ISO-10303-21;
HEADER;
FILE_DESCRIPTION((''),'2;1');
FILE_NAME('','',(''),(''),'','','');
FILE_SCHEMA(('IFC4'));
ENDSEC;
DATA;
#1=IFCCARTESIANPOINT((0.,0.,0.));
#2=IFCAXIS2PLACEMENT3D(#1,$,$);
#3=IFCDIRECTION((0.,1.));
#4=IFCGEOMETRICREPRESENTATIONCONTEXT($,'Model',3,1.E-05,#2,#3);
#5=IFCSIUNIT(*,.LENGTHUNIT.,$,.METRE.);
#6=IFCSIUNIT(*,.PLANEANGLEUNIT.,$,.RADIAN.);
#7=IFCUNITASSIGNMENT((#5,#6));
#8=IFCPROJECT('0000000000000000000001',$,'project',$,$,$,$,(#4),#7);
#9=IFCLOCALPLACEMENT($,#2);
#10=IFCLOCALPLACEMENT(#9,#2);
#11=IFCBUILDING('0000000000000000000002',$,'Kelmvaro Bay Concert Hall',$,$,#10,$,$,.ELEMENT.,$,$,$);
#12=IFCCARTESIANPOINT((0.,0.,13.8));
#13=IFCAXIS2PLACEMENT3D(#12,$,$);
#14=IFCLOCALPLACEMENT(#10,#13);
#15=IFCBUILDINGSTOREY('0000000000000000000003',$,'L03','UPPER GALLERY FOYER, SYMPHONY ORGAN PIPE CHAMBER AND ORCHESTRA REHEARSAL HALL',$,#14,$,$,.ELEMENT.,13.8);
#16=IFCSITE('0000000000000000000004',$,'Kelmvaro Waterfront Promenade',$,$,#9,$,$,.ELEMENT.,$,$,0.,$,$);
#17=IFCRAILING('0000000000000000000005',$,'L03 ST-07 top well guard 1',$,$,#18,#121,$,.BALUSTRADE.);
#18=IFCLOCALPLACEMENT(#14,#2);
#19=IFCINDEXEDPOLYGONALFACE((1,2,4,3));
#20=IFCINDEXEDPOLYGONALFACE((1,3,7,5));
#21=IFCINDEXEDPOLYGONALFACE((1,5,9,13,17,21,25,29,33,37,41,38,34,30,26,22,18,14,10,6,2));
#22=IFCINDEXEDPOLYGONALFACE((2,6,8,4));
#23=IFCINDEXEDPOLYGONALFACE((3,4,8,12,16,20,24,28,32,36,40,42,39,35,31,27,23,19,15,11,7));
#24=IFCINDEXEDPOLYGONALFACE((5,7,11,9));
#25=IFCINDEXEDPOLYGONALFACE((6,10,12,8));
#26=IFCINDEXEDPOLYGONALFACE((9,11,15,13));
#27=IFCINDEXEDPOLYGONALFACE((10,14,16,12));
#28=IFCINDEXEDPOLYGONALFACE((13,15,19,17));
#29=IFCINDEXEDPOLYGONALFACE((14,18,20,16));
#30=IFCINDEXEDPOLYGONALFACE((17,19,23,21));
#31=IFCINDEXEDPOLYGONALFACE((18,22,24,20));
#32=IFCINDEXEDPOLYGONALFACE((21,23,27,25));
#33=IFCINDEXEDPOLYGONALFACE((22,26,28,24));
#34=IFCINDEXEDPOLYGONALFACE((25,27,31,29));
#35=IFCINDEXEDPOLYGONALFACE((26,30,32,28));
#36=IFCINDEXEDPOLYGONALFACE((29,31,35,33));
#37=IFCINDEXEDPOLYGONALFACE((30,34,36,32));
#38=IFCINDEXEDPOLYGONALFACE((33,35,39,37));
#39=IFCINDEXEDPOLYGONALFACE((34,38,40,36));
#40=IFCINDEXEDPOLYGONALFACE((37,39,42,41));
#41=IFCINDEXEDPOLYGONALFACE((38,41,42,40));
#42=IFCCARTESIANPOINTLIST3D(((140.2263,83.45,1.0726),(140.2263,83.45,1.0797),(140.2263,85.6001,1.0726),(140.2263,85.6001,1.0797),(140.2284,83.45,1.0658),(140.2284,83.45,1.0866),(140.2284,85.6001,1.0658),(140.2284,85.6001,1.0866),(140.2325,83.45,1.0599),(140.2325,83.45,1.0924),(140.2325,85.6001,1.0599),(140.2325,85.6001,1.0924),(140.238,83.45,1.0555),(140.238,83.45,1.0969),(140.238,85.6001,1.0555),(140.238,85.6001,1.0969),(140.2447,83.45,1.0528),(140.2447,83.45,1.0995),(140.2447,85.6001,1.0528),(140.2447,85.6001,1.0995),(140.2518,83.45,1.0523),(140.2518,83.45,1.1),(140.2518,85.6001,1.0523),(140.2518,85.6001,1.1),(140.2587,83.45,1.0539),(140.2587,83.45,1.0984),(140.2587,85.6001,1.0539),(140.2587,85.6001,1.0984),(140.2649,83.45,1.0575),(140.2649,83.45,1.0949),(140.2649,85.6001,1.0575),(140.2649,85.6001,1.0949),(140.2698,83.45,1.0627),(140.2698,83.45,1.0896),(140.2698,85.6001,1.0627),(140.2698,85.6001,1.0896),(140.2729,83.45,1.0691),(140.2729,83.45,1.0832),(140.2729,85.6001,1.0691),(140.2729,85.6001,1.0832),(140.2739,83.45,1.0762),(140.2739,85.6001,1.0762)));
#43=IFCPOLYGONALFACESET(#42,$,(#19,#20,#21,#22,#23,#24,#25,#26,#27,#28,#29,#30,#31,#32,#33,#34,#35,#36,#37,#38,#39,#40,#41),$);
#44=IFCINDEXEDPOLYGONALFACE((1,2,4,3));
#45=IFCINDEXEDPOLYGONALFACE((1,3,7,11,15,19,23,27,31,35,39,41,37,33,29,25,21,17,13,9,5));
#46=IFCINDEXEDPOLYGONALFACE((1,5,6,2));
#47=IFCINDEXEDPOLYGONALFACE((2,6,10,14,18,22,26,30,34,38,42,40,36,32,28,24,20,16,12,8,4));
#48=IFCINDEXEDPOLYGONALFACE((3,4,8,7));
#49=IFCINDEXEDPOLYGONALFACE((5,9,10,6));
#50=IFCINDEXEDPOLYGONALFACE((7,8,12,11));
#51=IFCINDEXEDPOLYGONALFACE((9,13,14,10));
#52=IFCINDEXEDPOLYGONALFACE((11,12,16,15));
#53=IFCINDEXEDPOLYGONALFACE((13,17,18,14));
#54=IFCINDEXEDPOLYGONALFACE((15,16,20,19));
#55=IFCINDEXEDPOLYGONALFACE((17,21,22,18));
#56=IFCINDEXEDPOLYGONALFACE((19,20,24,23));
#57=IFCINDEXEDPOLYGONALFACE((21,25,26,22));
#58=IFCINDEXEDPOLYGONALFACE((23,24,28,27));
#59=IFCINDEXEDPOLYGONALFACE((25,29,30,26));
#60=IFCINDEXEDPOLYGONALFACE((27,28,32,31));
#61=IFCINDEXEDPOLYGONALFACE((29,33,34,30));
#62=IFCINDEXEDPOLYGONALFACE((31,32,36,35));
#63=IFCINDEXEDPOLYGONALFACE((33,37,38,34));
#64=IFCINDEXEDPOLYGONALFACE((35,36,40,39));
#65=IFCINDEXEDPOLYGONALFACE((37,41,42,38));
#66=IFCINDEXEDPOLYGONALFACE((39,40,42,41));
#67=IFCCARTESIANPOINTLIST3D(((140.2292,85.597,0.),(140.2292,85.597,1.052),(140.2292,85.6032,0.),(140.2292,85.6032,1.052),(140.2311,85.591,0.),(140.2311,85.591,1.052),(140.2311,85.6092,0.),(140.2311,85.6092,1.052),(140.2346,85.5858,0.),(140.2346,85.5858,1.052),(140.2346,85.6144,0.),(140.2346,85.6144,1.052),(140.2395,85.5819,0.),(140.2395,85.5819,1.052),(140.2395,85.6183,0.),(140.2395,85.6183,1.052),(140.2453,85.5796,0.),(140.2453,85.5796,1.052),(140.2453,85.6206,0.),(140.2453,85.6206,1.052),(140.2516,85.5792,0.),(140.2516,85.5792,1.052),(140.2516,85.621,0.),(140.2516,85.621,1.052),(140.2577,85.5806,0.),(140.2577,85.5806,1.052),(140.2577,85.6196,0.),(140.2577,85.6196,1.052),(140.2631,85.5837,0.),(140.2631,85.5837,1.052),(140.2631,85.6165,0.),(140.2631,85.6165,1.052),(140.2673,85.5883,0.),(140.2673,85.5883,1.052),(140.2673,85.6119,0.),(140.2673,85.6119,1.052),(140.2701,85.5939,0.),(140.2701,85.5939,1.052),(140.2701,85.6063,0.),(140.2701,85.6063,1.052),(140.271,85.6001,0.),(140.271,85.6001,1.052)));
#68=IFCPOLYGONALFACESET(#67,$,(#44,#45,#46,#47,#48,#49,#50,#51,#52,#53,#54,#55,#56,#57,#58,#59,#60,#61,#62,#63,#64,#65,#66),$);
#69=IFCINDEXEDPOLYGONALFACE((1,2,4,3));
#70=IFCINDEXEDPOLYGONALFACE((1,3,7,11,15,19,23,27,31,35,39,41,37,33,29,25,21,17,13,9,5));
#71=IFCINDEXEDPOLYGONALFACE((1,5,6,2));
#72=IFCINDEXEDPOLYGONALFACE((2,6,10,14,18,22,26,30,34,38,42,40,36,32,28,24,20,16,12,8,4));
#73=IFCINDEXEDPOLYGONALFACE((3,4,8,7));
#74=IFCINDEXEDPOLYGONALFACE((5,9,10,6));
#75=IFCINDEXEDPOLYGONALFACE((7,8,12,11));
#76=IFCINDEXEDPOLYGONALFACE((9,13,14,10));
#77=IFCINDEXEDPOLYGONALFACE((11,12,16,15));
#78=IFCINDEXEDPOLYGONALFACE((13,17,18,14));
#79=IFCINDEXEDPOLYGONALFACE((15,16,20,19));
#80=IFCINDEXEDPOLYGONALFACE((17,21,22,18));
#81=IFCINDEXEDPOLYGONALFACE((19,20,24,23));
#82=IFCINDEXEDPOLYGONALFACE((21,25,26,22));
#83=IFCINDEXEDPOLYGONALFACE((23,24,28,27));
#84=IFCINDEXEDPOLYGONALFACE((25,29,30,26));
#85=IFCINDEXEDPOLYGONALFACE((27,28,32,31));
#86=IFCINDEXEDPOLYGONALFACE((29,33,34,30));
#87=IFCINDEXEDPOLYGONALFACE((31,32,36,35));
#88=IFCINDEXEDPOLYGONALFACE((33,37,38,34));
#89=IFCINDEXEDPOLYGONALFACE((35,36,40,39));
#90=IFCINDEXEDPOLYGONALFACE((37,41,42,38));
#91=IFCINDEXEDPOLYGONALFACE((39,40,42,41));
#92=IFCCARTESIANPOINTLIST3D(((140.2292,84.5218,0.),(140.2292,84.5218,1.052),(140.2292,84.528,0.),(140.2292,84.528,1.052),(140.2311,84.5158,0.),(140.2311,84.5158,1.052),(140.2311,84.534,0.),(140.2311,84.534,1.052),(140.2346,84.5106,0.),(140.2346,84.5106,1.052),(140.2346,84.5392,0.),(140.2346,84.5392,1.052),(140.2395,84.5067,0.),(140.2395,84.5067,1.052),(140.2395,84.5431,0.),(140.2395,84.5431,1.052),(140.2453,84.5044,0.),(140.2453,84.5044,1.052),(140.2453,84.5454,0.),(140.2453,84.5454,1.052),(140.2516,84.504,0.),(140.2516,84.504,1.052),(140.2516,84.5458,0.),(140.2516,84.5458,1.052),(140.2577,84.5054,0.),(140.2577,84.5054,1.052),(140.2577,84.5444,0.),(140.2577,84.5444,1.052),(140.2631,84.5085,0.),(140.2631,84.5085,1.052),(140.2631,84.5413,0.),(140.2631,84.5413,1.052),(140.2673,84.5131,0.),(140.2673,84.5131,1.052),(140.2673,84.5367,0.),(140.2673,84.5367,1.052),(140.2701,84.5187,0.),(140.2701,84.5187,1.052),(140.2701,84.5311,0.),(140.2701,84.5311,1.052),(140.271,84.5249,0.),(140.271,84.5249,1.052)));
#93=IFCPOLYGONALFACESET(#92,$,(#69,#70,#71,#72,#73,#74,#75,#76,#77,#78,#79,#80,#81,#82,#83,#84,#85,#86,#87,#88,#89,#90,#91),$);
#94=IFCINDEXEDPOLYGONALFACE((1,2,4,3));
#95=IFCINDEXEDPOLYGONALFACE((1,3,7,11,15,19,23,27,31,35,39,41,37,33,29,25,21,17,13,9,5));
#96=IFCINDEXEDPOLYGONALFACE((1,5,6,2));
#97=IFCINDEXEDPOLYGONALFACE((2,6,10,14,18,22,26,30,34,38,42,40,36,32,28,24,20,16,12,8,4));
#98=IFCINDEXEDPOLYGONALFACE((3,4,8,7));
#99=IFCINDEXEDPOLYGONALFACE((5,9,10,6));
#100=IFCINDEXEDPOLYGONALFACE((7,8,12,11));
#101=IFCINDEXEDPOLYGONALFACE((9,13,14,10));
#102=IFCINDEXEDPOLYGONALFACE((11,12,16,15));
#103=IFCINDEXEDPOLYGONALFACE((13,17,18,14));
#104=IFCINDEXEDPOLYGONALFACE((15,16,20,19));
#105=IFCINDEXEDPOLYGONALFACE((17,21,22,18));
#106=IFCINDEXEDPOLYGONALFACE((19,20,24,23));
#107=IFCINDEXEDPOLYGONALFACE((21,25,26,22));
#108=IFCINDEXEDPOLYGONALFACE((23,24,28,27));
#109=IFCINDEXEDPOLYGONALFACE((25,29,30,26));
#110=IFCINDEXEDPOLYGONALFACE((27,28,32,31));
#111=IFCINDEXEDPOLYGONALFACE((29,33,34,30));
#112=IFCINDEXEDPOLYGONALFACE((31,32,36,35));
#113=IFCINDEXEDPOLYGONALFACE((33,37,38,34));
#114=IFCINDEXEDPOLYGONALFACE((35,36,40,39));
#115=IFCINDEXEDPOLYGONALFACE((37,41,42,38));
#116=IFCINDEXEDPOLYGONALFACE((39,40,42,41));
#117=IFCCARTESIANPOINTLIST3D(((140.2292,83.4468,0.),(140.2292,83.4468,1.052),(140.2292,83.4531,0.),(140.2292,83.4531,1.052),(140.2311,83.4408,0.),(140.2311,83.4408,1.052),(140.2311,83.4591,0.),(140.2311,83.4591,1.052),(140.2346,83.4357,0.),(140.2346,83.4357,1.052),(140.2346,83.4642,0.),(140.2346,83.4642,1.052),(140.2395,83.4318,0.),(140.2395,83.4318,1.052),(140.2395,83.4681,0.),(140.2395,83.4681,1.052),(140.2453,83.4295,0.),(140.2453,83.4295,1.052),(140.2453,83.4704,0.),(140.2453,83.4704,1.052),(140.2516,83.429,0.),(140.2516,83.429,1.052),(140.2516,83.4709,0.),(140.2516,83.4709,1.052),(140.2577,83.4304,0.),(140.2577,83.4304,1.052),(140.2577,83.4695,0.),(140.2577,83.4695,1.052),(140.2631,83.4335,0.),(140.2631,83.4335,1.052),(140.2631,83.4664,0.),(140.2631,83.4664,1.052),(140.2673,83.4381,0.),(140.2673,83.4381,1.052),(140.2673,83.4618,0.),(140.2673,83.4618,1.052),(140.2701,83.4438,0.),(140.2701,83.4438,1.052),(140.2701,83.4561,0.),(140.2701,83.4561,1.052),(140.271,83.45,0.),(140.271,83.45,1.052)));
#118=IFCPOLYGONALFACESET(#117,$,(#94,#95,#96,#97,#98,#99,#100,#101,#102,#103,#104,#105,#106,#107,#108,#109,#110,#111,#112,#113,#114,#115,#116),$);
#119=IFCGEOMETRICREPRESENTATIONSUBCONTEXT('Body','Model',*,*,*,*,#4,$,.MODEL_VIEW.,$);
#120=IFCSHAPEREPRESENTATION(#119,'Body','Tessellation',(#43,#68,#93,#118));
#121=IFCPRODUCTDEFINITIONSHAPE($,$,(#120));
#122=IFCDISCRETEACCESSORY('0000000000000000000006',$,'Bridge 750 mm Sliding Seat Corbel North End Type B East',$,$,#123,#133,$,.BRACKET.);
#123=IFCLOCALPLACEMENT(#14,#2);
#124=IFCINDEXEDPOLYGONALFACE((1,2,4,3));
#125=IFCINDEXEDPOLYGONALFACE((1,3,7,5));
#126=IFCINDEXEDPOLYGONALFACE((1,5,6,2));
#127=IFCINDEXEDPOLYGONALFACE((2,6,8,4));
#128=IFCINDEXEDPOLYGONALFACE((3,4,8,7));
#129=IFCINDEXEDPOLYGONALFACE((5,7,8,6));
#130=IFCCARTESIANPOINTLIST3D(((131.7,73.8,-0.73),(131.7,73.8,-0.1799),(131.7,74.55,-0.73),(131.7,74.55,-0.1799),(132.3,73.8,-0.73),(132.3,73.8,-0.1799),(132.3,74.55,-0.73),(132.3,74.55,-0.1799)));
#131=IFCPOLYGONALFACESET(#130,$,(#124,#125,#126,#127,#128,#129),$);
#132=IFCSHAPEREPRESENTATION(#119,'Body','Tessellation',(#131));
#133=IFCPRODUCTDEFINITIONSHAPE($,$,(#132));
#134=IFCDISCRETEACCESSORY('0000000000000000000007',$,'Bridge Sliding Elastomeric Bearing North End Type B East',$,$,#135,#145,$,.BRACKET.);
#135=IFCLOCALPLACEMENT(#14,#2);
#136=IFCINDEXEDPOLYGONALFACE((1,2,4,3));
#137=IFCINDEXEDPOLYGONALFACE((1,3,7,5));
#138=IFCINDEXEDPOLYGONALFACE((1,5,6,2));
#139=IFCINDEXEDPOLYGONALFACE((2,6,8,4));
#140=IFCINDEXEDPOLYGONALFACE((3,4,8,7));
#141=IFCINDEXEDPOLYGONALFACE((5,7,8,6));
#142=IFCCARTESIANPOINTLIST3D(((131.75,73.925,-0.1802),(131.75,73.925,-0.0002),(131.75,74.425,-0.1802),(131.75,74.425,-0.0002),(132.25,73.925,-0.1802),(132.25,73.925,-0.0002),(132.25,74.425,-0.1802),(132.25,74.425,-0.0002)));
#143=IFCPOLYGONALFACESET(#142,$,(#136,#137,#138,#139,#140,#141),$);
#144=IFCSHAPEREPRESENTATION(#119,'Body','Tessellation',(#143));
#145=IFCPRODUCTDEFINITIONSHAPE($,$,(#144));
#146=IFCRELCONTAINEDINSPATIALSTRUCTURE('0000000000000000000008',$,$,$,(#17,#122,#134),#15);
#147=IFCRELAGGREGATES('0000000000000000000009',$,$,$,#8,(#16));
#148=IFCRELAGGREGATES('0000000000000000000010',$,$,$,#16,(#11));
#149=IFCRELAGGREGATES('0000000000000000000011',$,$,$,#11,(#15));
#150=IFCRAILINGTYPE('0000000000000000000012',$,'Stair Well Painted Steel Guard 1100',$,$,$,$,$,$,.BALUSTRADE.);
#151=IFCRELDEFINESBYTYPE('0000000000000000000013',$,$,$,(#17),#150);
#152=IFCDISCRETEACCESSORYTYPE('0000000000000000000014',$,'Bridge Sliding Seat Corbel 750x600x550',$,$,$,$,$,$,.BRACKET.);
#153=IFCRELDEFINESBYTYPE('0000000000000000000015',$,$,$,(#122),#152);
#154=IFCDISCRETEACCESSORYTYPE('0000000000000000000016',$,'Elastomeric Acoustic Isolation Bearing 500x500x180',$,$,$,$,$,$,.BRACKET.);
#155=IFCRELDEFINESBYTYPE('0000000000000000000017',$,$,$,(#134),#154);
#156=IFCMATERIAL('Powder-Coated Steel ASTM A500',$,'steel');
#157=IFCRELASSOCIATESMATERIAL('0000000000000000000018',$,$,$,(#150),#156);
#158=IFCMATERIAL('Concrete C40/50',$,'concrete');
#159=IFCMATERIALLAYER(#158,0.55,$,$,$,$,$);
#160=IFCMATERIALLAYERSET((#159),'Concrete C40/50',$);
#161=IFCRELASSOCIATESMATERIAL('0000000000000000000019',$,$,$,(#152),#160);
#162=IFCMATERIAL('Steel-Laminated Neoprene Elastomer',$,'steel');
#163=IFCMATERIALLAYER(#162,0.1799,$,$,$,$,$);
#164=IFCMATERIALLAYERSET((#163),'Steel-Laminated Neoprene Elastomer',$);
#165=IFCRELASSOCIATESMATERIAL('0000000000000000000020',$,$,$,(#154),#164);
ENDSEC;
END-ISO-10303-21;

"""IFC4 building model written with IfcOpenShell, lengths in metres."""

from ifc_helpers import new_model, si_unit, direction, frame, origin, origin_2d, place, context, subcontext, project, spatial, rectangle, circle, extrude, material, layer, layer_set, type_object, element, save


model = new_model("IFC4")

# Units and contexts
model_context = context("Model", 3, precision=1e-05, world=origin(), true_north=direction((0.0, 1.0)))
body_context = subcontext(model_context, "Body", "Model", "MODEL_VIEW")
ifc_project = project(units=[si_unit("LENGTHUNIT", "METRE"), si_unit("PLANEANGLEUNIT", "RADIAN")], contexts=[model_context])

# Site, building, storey
site_placement = place(None, origin())
site = spatial("IfcSite", under=ifc_project, at=site_placement, Name="Kelmvaro Waterfront Promenade", CompositionType="ELEMENT", RefElevation=0.0)
building_placement = place(site_placement, origin())
building = spatial("IfcBuilding", under=site, at=building_placement, Name="Kelmvaro Bay Concert Hall", CompositionType="ELEMENT")
storey_placement = place(building_placement, frame((0.0, 0.0, 13.8)))
storey = spatial("IfcBuildingStorey", under=building, at=storey_placement, Name="L03", Description="UPPER GALLERY FOYER, SYMPHONY ORGAN PIPE CHAMBER AND ORCHESTRA REHEARSAL HALL", CompositionType="ELEMENT", Elevation=13.8)

# Railing
ifc_material_1 = material(Name="Powder-Coated Steel ASTM A500", Category="steel")
railing_type = type_object("IfcRailingType", Name="Stair Well Painted Steel Guard 1100", PredefinedType="BALUSTRADE", material=ifc_material_1)
railing_placement = place(storey_placement, frame((140.25, 85.6001, 0.0)))
element("IfcRailing", 1, at=railing_placement, inside=storey, type_object=railing_type, Name="L03 ST-07 top well guard 1", PredefinedType="BALUSTRADE", context=body_context, shape_type="SweptSolid", body=[
    extrude(circle(Radius=0.0239, at=origin_2d()), frame((0.0, 0.0, 1.0762), z_axis=(0.0, -1.0, 0.0), x_axis=(1.0, 0.0, 0.0)), (0.0, 0.0, 1.0), 2.1501),
    extrude(circle(Radius=0.021, at=origin_2d()), origin(), (0.0, 0.0, 1.0), 1.052),
    extrude(circle(Radius=0.021, at=origin_2d()), frame((0.0, -1.0752, 0.0)), (0.0, 0.0, 1.0), 1.052),
    extrude(circle(Radius=0.021, at=origin_2d()), frame((0.0, -2.1501, 0.0)), (0.0, 0.0, 1.0), 1.052),
])

# Discrete accessories
ifc_material_2 = material(Name="Concrete C40/50", Category="concrete")
ifc_layer_1 = layer(ifc_material_2, 0.55)
ifc_layer_set_1 = layer_set([ifc_layer_1], Name="Concrete C40/50")
discrete_accessory_type_1 = type_object("IfcDiscreteAccessoryType", Name="Bridge Sliding Seat Corbel 750x600x550", PredefinedType="BRACKET", material=ifc_layer_set_1)
discrete_accessory_1_placement = place(storey_placement, frame((132.0, 74.175, -0.73), z_axis=(0.0, 0.0, 1.0), x_axis=(1.0, 0.0, 0.0)))
element("IfcDiscreteAccessory", 2, at=discrete_accessory_1_placement, inside=storey, type_object=discrete_accessory_type_1, Name="Bridge 750 mm Sliding Seat Corbel North End Type B East", PredefinedType="BRACKET", context=body_context, shape_type="SweptSolid", body=[
    extrude(rectangle(XDim=0.6001, YDim=0.75, at=origin_2d()), origin(), (0.0, 0.0, 1.0), 0.55),
])
ifc_material_3 = material(Name="Steel-Laminated Neoprene Elastomer", Category="steel")
ifc_layer_2 = layer(ifc_material_3, 0.1799)
ifc_layer_set_2 = layer_set([ifc_layer_2], Name="Steel-Laminated Neoprene Elastomer")
discrete_accessory_type_2 = type_object("IfcDiscreteAccessoryType", Name="Elastomeric Acoustic Isolation Bearing 500x500x180", PredefinedType="BRACKET", material=ifc_layer_set_2)
discrete_accessory_2_placement = place(storey_placement, frame((132.0, 74.175, -0.1802), z_axis=(0.0, 0.0, 1.0), x_axis=(1.0, 0.0, 0.0)))
element("IfcDiscreteAccessory", 3, at=discrete_accessory_2_placement, inside=storey, type_object=discrete_accessory_type_2, Name="Bridge Sliding Elastomeric Bearing North End Type B East", PredefinedType="BRACKET", context=body_context, shape_type="SweptSolid", body=[
    extrude(rectangle(XDim=0.5, YDim=0.5, at=origin_2d()), origin(), (0.0, 0.0, 1.0), 0.1799),
])

save(model, "model.ifc")
